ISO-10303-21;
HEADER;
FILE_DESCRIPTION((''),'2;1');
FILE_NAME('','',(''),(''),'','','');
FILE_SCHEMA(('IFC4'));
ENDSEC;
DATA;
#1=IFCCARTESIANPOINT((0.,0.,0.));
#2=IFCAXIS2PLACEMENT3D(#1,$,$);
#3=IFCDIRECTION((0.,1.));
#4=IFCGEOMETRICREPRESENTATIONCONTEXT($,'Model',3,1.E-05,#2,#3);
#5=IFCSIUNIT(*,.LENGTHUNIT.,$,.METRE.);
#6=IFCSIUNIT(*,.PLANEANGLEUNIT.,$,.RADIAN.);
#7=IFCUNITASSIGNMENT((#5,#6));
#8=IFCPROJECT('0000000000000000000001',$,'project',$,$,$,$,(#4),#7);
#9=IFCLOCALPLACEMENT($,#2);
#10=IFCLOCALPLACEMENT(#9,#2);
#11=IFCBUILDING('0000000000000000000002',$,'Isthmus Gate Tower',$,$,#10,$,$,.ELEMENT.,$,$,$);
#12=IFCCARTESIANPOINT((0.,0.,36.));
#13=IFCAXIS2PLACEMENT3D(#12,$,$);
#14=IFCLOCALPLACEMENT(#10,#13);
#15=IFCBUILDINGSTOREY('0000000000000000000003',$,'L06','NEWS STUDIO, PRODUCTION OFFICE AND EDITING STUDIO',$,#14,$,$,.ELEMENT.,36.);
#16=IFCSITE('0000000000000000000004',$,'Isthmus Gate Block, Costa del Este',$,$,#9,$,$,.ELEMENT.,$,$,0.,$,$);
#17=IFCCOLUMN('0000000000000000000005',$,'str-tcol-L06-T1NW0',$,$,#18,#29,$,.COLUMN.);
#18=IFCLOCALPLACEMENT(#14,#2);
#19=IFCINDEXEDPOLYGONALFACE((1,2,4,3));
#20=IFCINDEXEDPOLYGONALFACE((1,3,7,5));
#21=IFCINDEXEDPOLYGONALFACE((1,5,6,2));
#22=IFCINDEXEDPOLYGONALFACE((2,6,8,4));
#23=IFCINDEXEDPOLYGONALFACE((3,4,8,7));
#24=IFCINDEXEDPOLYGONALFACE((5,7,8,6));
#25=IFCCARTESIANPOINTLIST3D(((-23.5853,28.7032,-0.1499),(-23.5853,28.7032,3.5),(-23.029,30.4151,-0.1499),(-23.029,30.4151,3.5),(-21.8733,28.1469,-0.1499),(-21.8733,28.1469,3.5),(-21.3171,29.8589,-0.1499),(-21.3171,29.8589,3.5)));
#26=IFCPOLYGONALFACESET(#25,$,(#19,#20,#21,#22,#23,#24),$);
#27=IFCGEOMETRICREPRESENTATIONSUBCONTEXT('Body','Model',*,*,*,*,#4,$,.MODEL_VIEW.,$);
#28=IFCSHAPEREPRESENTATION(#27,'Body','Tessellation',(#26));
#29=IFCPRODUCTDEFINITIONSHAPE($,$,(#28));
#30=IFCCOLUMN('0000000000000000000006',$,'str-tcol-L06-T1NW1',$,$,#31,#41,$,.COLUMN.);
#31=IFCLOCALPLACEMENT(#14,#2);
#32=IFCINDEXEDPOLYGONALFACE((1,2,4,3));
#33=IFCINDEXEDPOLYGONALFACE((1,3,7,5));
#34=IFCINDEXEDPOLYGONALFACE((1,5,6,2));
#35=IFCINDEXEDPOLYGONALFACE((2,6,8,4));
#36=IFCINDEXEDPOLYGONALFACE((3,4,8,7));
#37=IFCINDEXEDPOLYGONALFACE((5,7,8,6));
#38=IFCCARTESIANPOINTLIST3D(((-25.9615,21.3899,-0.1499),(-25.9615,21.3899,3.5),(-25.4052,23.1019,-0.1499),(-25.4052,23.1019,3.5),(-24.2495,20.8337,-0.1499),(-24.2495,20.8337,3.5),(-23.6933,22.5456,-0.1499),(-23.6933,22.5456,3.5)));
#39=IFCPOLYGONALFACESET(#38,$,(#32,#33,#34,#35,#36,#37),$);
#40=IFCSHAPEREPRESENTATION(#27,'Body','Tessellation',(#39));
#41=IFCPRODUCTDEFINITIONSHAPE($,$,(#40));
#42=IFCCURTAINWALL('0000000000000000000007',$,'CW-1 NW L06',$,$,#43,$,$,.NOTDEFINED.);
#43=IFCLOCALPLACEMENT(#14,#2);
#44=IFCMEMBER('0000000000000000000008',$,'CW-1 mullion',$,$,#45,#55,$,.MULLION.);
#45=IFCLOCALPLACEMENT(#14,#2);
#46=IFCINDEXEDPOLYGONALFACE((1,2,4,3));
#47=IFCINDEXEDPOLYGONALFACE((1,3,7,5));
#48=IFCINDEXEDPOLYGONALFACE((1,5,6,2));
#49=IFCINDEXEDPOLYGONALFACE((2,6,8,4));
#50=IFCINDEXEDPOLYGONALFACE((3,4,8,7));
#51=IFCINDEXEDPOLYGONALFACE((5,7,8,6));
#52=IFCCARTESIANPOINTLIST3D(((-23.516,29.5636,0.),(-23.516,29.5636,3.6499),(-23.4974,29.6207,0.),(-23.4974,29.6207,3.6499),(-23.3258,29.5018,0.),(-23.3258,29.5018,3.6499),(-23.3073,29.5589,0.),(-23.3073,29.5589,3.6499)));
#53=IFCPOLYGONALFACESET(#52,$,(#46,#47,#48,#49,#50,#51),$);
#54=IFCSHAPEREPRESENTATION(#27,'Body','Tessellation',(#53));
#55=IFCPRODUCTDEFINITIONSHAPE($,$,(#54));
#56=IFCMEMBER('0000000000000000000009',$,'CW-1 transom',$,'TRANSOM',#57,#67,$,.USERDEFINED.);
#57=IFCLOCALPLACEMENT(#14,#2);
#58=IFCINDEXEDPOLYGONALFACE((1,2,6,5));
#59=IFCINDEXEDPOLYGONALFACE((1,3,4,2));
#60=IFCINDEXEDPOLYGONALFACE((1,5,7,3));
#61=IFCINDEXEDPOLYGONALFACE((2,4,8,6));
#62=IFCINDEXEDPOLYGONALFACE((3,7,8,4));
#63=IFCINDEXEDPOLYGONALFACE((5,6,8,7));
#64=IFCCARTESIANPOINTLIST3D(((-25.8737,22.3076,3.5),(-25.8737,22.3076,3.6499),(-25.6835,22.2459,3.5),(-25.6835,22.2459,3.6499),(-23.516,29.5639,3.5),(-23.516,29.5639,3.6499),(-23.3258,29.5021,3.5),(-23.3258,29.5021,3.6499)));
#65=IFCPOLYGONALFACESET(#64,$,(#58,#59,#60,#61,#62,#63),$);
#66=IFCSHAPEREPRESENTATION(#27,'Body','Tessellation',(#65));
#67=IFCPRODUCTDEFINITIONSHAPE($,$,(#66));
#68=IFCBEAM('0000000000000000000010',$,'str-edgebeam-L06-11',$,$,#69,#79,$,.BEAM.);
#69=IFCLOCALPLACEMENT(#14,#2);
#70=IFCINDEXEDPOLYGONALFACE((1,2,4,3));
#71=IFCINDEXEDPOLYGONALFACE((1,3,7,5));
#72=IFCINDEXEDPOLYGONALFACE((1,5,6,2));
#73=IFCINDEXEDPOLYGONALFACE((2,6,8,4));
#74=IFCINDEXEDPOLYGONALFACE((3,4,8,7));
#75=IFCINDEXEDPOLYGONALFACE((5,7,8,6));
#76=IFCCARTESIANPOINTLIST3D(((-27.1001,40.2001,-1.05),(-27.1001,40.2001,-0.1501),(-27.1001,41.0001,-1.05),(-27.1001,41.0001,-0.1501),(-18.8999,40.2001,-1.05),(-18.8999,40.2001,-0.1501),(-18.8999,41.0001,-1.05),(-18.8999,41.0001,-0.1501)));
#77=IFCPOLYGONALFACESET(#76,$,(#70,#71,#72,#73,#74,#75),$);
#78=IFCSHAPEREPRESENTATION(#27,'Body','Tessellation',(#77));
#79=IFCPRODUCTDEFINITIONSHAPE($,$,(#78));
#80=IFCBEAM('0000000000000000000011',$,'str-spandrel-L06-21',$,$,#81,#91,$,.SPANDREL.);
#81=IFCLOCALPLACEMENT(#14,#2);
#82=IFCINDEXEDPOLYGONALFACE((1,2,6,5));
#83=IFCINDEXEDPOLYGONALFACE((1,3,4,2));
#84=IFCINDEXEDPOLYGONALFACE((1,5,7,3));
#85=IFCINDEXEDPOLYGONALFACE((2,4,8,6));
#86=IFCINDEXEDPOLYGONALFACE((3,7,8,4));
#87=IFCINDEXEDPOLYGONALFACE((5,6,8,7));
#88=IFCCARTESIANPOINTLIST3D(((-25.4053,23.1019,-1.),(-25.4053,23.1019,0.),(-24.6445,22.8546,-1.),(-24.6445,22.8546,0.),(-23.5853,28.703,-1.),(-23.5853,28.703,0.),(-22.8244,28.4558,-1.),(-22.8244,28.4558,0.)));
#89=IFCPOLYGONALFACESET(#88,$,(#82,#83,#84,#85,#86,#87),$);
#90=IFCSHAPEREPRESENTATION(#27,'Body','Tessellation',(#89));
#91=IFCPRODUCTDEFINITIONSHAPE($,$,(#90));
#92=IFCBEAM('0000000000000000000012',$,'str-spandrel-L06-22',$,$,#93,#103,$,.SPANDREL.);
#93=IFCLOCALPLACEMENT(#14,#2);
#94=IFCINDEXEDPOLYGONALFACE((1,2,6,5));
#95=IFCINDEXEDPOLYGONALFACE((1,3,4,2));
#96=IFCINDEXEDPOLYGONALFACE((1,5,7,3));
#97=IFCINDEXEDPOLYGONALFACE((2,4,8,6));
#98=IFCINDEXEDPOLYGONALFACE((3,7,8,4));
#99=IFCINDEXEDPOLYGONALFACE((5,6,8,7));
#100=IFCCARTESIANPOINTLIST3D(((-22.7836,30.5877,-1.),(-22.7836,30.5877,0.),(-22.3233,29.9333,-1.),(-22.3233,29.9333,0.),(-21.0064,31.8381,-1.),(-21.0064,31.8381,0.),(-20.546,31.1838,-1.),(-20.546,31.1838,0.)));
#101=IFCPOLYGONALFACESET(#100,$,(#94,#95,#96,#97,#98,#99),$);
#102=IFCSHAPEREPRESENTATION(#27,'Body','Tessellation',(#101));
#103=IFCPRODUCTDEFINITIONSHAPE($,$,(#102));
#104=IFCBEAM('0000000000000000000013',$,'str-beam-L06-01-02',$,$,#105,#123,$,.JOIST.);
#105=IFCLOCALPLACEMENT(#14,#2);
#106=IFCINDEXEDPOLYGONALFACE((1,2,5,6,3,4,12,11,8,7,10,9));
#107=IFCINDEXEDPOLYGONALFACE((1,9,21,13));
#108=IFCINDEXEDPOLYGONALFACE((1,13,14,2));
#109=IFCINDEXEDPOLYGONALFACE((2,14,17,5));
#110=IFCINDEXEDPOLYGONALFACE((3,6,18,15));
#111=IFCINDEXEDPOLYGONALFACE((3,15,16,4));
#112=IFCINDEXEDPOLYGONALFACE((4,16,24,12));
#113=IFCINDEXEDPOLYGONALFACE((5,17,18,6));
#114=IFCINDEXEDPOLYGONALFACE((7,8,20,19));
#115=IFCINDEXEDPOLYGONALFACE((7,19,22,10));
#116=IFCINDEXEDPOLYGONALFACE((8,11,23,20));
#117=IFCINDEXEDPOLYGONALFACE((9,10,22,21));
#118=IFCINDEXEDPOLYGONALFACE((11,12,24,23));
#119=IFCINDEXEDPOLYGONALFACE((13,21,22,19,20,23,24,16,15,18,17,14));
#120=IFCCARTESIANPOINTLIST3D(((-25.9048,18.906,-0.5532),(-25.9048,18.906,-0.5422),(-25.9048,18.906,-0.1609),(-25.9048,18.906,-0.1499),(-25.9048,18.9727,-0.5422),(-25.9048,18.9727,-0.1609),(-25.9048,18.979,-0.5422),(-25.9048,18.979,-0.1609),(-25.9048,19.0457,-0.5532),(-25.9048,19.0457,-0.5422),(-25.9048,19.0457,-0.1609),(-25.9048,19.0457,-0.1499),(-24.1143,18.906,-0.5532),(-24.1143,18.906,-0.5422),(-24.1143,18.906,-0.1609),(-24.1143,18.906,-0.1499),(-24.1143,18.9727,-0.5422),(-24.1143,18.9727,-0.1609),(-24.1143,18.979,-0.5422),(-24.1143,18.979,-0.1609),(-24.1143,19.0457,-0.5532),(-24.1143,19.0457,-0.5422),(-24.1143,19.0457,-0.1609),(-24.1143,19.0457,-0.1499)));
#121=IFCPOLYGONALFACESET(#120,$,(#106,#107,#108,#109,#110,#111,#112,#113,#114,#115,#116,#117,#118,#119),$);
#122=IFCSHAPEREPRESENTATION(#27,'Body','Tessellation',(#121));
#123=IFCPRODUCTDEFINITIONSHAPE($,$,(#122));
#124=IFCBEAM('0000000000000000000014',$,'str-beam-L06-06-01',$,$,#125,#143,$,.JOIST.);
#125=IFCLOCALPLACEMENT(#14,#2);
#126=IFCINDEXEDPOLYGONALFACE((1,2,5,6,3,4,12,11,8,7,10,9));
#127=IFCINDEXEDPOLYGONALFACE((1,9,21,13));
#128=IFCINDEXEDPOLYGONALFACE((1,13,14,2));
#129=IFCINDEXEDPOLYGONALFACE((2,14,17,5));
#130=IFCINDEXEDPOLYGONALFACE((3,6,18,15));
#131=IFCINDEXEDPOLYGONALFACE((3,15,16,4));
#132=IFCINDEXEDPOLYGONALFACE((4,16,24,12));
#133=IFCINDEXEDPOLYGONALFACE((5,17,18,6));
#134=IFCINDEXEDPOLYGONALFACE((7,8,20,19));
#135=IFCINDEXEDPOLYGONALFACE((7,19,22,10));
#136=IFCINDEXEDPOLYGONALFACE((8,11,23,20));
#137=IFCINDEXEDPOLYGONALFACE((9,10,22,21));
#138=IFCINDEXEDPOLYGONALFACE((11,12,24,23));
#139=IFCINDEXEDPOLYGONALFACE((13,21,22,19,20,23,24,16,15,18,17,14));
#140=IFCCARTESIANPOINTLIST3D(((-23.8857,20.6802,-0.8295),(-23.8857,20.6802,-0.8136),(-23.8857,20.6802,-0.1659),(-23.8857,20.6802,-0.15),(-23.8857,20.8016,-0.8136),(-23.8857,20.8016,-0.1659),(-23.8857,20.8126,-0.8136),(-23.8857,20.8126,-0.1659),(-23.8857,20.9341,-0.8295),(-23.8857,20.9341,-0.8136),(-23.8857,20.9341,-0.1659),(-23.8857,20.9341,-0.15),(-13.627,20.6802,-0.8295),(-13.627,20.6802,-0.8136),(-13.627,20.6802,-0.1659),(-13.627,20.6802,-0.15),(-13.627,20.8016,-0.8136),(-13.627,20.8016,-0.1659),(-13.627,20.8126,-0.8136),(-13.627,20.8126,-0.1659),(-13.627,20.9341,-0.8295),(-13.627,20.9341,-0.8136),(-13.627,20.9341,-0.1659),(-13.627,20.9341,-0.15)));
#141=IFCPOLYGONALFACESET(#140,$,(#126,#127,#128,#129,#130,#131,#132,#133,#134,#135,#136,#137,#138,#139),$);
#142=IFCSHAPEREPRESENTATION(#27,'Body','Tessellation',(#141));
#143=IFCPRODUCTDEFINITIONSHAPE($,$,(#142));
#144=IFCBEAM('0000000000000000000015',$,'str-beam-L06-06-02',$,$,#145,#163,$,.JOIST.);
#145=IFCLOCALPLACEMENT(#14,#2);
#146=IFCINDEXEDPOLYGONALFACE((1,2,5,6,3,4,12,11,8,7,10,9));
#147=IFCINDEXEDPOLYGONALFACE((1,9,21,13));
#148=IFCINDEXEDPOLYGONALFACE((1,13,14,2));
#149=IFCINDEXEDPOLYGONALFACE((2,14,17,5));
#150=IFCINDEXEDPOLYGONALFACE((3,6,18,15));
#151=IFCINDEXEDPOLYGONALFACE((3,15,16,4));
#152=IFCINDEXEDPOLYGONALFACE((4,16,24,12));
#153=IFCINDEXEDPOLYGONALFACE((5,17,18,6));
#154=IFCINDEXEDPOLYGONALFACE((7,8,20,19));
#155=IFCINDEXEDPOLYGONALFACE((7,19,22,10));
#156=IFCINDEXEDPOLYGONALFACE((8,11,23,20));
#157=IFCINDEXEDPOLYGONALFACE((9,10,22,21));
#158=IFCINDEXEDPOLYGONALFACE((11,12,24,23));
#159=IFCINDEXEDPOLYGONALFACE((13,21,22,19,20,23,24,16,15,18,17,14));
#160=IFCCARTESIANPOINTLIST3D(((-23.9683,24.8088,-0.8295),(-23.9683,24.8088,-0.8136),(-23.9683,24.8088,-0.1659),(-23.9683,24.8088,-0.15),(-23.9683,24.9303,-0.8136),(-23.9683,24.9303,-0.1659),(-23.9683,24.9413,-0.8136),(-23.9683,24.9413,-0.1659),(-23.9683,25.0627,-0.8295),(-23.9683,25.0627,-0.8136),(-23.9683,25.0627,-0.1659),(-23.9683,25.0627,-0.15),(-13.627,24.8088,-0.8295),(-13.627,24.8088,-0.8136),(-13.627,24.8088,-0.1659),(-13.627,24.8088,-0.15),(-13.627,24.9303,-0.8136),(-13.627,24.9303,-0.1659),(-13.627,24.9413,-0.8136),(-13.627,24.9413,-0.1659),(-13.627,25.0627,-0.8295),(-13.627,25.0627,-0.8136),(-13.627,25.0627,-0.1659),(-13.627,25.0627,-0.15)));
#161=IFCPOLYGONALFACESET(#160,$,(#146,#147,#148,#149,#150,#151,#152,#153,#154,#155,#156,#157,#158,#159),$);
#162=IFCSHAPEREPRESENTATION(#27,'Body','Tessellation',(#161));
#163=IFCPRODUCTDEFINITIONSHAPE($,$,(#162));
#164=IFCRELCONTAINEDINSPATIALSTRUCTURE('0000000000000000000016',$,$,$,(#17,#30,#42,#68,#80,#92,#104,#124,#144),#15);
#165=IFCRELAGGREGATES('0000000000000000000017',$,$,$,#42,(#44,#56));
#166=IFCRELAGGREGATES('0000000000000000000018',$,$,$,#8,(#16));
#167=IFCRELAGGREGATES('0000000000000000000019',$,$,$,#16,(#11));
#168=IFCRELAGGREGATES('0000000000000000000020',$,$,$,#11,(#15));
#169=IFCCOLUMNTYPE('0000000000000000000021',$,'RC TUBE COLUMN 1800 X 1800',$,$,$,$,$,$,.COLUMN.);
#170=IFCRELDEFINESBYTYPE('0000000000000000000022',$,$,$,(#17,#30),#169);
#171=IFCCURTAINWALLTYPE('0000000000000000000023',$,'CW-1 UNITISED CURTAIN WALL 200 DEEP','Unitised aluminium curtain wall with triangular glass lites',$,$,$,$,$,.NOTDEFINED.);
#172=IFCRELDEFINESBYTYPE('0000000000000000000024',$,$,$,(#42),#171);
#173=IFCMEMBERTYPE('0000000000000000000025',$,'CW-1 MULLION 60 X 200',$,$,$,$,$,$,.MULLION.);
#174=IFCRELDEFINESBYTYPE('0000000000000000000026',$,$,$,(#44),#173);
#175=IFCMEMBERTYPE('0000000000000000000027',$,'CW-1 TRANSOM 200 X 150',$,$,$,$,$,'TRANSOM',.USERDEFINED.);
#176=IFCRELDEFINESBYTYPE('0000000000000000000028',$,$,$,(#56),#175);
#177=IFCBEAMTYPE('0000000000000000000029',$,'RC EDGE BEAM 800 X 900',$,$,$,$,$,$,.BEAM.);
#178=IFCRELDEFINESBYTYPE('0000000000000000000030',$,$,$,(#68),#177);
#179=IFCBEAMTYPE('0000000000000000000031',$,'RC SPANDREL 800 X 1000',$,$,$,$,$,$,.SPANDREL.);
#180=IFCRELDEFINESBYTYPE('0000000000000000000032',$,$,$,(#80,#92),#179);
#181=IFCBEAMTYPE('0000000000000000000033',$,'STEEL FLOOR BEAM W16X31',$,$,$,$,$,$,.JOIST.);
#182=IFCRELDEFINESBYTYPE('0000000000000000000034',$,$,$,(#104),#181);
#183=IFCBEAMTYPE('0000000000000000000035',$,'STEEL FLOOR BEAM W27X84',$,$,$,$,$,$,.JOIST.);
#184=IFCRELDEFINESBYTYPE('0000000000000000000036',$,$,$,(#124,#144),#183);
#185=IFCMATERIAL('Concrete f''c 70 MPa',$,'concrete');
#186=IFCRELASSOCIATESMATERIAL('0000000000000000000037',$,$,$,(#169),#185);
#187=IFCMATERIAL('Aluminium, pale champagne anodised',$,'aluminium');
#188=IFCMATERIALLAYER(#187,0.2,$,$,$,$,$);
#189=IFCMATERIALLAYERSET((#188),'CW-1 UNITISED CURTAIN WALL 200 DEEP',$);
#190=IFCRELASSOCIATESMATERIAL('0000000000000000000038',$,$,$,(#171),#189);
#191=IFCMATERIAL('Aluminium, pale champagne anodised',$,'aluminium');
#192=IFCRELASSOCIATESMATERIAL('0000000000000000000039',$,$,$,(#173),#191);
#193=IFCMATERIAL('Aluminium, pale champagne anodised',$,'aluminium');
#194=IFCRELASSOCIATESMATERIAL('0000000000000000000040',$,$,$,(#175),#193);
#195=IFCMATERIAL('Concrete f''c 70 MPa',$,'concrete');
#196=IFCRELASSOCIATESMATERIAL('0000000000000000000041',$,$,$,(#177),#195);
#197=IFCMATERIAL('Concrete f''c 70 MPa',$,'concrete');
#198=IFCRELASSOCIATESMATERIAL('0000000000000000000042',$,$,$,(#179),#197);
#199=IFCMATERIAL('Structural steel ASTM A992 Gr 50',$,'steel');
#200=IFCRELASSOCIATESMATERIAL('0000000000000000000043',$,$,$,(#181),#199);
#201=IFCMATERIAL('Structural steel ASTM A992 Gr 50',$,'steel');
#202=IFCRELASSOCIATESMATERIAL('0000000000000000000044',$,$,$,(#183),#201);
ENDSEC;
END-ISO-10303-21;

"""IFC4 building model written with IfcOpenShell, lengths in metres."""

from ifc_helpers import new_model, si_unit, direction, frame, origin, origin_2d, place, context, subcontext, project, spatial, rectangle, i_section, extrude, material, layer, layer_set, material_profile, profile_set, type_object, element, aggregate, save


model = new_model("IFC4")

# Units and contexts
model_context = context("Model", 3, precision=1e-05, world=origin(), true_north=direction((0.0, 1.0)))
body_context = subcontext(model_context, "Body", "Model", "MODEL_VIEW")
ifc_project = project(units=[si_unit("LENGTHUNIT", "METRE"), si_unit("PLANEANGLEUNIT", "RADIAN")], contexts=[model_context])

# Site, building, storey
site_placement = place(None, origin())
site = spatial("IfcSite", under=ifc_project, at=site_placement, Name="Isthmus Gate Block, Costa del Este", CompositionType="ELEMENT", RefElevation=0.0)
building_placement = place(site_placement, origin())
building = spatial("IfcBuilding", under=site, at=building_placement, Name="Isthmus Gate Tower", CompositionType="ELEMENT")
storey_placement = place(building_placement, frame((0.0, 0.0, 36.0)))
storey = spatial("IfcBuildingStorey", under=building, at=storey_placement, Name="L06", Description="NEWS STUDIO, PRODUCTION OFFICE AND EDITING STUDIO", CompositionType="ELEMENT", Elevation=36.0)

# Columns
ifc_material_1 = material(Name="Concrete f'c 70 MPa", Category="concrete")
ifc_material_profile_1 = material_profile(ifc_material_1, rectangle(XDim=1.8, YDim=1.8, at=origin_2d()), Name="RC 1800X1800")
ifc_profile_set_1 = profile_set([ifc_material_profile_1], Name="Concrete f'c 70 MPa")
column_type = type_object("IfcColumnType", Name="RC TUBE COLUMN 1800 X 1800", PredefinedType="COLUMN", material=ifc_profile_set_1)
for number, where, z_axis, x_axis, name in (
    (1, (-22.4512, 29.281, -0.1499), (0.0, 0.0, 1.0), (-0.309017, -0.951057, 0.0), "str-tcol-L06-T1NW0"),
    (2, (-24.8274, 21.9678, -0.1499), (0.0, 0.0, 1.0), (-0.309017, -0.951057, 0.0), "str-tcol-L06-T1NW1"),
):
    element("IfcColumn", number, at=place(storey_placement, frame(where, z_axis=z_axis, x_axis=x_axis)), inside=storey, type_object=column_type, Name=name, PredefinedType="COLUMN", context=body_context, shape_type="SweptSolid", body=[
        extrude(rectangle(XDim=1.8, YDim=1.8, at=origin_2d()), origin(), (0.0, 0.0, 1.0), 3.6499),
    ])

# Curtain wall, members
ifc_material_2 = material(Name="Aluminium, pale champagne anodised", Category="aluminium")
ifc_layer_1 = layer(ifc_material_2, 0.2)
ifc_layer_set_1 = layer_set([ifc_layer_1], Name="CW-1 UNITISED CURTAIN WALL 200 DEEP")
curtain_wall_type = type_object("IfcCurtainWallType", Name="CW-1 UNITISED CURTAIN WALL 200 DEEP", Description="Unitised aluminium curtain wall with triangular glass lites", PredefinedType="NOTDEFINED", material=ifc_layer_set_1)
curtain_wall_1_placement = place(storey_placement, origin())
curtain_wall_1 = element("IfcCurtainWall", 3, at=curtain_wall_1_placement, inside=storey, type_object=curtain_wall_type, Name="CW-1 NW L06", PredefinedType="NOTDEFINED")
ifc_material_3 = material(Name="Aluminium, pale champagne anodised", Category="aluminium")
ifc_material_profile_2 = material_profile(ifc_material_3, rectangle(XDim=0.0601, YDim=0.2, at=origin_2d()), Name="60x200")
ifc_profile_set_2 = profile_set([ifc_material_profile_2], Name="Aluminium, pale champagne anodised")
member_type_1 = type_object("IfcMemberType", Name="CW-1 MULLION 60 X 200", PredefinedType="MULLION", material=ifc_profile_set_2)
member_1_placement = place(storey_placement, frame((-23.4116, 29.5613, 0.0), z_axis=(0.0, 0.0, 1.0), x_axis=(-0.309017, -0.951057, 0.0)))
member_1 = element("IfcMember", 4, at=member_1_placement, type_object=member_type_1, Name="CW-1 mullion", PredefinedType="MULLION", context=body_context, shape_type="SweptSolid", body=[
    extrude(rectangle(XDim=0.0601, YDim=0.2, at=origin_2d()), origin(), (0.0, 0.0, 1.0), 3.6499),
])
ifc_material_4 = material(Name="Aluminium, pale champagne anodised", Category="aluminium")
ifc_material_profile_3 = material_profile(ifc_material_4, rectangle(XDim=0.2, YDim=0.1499, at=origin_2d()), Name="200x150")
ifc_profile_set_3 = profile_set([ifc_material_profile_3], Name="Aluminium, pale champagne anodised")
member_type_2 = type_object("IfcMemberType", Name="CW-1 TRANSOM 200 X 150", ElementType="TRANSOM", PredefinedType="USERDEFINED", material=ifc_profile_set_3)
member_2_placement = place(storey_placement, frame((-23.4209, 29.533, 3.575), z_axis=(-0.309019, -0.951056, 0.0), x_axis=(0.951056, -0.309019, 0.0)))
member_2 = element("IfcMember", 5, at=member_2_placement, type_object=member_type_2, Name="CW-1 transom", ObjectType="TRANSOM", PredefinedType="USERDEFINED", context=body_context, shape_type="SweptSolid", body=[
    extrude(rectangle(XDim=0.2, YDim=0.1499, at=origin_2d()), origin(), (0.0, 0.0, 1.0), 7.6296),
])

# Beams
ifc_material_5 = material(Name="Concrete f'c 70 MPa", Category="concrete")
ifc_material_profile_4 = material_profile(ifc_material_5, rectangle(XDim=0.8, YDim=0.8999, at=origin_2d()), Name="RC 800X900")
ifc_profile_set_4 = profile_set([ifc_material_profile_4], Name="Concrete f'c 70 MPa")
beam_type_1 = type_object("IfcBeamType", Name="RC EDGE BEAM 800 X 900", PredefinedType="BEAM", material=ifc_profile_set_4)
beam_1_placement = place(storey_placement, frame((-27.1001, 40.6001, -0.6001), z_axis=(1.0, 0.0, 0.0), x_axis=(0.0, 1.0, 0.0)))
element("IfcBeam", 6, at=beam_1_placement, inside=storey, type_object=beam_type_1, Name="str-edgebeam-L06-11", PredefinedType="BEAM", context=body_context, shape_type="SweptSolid", body=[
    extrude(rectangle(XDim=0.8, YDim=0.8999, at=origin_2d()), origin(), (0.0, 0.0, 1.0), 8.2002),
])
ifc_material_6 = material(Name="Concrete f'c 70 MPa", Category="concrete")
ifc_material_profile_5 = material_profile(ifc_material_6, rectangle(XDim=0.8, YDim=1.0, at=origin_2d()), Name="RC 800X1000")
ifc_profile_set_5 = profile_set([ifc_material_profile_5], Name="Concrete f'c 70 MPa")
beam_type_2 = type_object("IfcBeamType", Name="RC SPANDREL 800 X 1000", PredefinedType="SPANDREL", material=ifc_profile_set_5)
beam_2_placement = place(storey_placement, frame((-25.0249, 22.9783, -0.5), z_axis=(0.309043, 0.951048, 0.0), x_axis=(-0.951048, 0.309043, 0.0)))
element("IfcBeam", 7, at=beam_2_placement, inside=storey, type_object=beam_type_2, Name="str-spandrel-L06-21", PredefinedType="SPANDREL", context=body_context, shape_type="SweptSolid", body=[
    extrude(rectangle(XDim=0.8, YDim=1.0, at=origin_2d()), origin(), (0.0, 0.0, 1.0), 5.8894),
])
beam_3_placement = place(storey_placement, frame((-22.5535, 30.2605, -0.5), z_axis=(0.817857, 0.575421, 0.0), x_axis=(-0.575421, 0.817857, 0.0)))
element("IfcBeam", 8, at=beam_3_placement, inside=storey, type_object=beam_type_2, Name="str-spandrel-L06-22", PredefinedType="SPANDREL", context=body_context, shape_type="SweptSolid", body=[
    extrude(rectangle(XDim=0.8, YDim=1.0, at=origin_2d()), origin(), (0.0, 0.0, 1.0), 2.1731),
])
ifc_material_7 = material(Name="Structural steel ASTM A992 Gr 50", Category="steel")
ifc_material_profile_6 = material_profile(ifc_material_7, i_section(OverallWidth=0.1396, OverallDepth=0.4033, WebThickness=0.0063, FlangeThickness=0.011, at=origin_2d()), Name="W16X31")
ifc_profile_set_6 = profile_set([ifc_material_profile_6], Name="Structural steel ASTM A992 Gr 50")
beam_type_3 = type_object("IfcBeamType", Name="STEEL FLOOR BEAM W16X31", PredefinedType="JOIST", material=ifc_profile_set_6)
beam_4_placement = place(storey_placement, frame((-25.9048, 18.9758, -0.3516), z_axis=(1.0, 0.0, 0.0), x_axis=(0.0, 1.0, 0.0)))
element("IfcBeam", 9, at=beam_4_placement, inside=storey, type_object=beam_type_3, Name="str-beam-L06-01-02", PredefinedType="JOIST", context=body_context, shape_type="SweptSolid", body=[
    extrude(i_section(OverallWidth=0.1396, OverallDepth=0.4033, WebThickness=0.0063, FlangeThickness=0.011, at=origin_2d()), origin(), (0.0, 0.0, 1.0), 1.7905),
])
ifc_material_8 = material(Name="Structural steel ASTM A992 Gr 50", Category="steel")
ifc_material_profile_7 = material_profile(ifc_material_8, i_section(OverallWidth=0.2539, OverallDepth=0.6794, WebThickness=0.011, FlangeThickness=0.0159, at=origin_2d()), Name="W27X84")
ifc_profile_set_7 = profile_set([ifc_material_profile_7], Name="Structural steel ASTM A992 Gr 50")
beam_type_4 = type_object("IfcBeamType", Name="STEEL FLOOR BEAM W27X84", PredefinedType="JOIST", material=ifc_profile_set_7)
beam_5_placement = place(storey_placement, frame((-23.8857, 20.8071, -0.4897), z_axis=(1.0, 0.0, 0.0), x_axis=(0.0, 1.0, 0.0)))
element("IfcBeam", 10, at=beam_5_placement, inside=storey, type_object=beam_type_4, Name="str-beam-L06-06-01", PredefinedType="JOIST", context=body_context, shape_type="SweptSolid", body=[
    extrude(i_section(OverallWidth=0.2539, OverallDepth=0.6794, WebThickness=0.011, FlangeThickness=0.0159, at=origin_2d()), origin(), (0.0, 0.0, 1.0), 10.2588),
])
beam_6_placement = place(storey_placement, frame((-23.9683, 24.9358, -0.4897), z_axis=(1.0, 0.0, 0.0), x_axis=(0.0, 1.0, 0.0)))
element("IfcBeam", 11, at=beam_6_placement, inside=storey, type_object=beam_type_4, Name="str-beam-L06-06-02", PredefinedType="JOIST", context=body_context, shape_type="SweptSolid", body=[
    extrude(i_section(OverallWidth=0.2539, OverallDepth=0.6794, WebThickness=0.011, FlangeThickness=0.0159, at=origin_2d()), origin(), (0.0, 0.0, 1.0), 10.3413),
])

aggregate(curtain_wall_1, [member_1, member_2])

save(model, "model.ifc")
